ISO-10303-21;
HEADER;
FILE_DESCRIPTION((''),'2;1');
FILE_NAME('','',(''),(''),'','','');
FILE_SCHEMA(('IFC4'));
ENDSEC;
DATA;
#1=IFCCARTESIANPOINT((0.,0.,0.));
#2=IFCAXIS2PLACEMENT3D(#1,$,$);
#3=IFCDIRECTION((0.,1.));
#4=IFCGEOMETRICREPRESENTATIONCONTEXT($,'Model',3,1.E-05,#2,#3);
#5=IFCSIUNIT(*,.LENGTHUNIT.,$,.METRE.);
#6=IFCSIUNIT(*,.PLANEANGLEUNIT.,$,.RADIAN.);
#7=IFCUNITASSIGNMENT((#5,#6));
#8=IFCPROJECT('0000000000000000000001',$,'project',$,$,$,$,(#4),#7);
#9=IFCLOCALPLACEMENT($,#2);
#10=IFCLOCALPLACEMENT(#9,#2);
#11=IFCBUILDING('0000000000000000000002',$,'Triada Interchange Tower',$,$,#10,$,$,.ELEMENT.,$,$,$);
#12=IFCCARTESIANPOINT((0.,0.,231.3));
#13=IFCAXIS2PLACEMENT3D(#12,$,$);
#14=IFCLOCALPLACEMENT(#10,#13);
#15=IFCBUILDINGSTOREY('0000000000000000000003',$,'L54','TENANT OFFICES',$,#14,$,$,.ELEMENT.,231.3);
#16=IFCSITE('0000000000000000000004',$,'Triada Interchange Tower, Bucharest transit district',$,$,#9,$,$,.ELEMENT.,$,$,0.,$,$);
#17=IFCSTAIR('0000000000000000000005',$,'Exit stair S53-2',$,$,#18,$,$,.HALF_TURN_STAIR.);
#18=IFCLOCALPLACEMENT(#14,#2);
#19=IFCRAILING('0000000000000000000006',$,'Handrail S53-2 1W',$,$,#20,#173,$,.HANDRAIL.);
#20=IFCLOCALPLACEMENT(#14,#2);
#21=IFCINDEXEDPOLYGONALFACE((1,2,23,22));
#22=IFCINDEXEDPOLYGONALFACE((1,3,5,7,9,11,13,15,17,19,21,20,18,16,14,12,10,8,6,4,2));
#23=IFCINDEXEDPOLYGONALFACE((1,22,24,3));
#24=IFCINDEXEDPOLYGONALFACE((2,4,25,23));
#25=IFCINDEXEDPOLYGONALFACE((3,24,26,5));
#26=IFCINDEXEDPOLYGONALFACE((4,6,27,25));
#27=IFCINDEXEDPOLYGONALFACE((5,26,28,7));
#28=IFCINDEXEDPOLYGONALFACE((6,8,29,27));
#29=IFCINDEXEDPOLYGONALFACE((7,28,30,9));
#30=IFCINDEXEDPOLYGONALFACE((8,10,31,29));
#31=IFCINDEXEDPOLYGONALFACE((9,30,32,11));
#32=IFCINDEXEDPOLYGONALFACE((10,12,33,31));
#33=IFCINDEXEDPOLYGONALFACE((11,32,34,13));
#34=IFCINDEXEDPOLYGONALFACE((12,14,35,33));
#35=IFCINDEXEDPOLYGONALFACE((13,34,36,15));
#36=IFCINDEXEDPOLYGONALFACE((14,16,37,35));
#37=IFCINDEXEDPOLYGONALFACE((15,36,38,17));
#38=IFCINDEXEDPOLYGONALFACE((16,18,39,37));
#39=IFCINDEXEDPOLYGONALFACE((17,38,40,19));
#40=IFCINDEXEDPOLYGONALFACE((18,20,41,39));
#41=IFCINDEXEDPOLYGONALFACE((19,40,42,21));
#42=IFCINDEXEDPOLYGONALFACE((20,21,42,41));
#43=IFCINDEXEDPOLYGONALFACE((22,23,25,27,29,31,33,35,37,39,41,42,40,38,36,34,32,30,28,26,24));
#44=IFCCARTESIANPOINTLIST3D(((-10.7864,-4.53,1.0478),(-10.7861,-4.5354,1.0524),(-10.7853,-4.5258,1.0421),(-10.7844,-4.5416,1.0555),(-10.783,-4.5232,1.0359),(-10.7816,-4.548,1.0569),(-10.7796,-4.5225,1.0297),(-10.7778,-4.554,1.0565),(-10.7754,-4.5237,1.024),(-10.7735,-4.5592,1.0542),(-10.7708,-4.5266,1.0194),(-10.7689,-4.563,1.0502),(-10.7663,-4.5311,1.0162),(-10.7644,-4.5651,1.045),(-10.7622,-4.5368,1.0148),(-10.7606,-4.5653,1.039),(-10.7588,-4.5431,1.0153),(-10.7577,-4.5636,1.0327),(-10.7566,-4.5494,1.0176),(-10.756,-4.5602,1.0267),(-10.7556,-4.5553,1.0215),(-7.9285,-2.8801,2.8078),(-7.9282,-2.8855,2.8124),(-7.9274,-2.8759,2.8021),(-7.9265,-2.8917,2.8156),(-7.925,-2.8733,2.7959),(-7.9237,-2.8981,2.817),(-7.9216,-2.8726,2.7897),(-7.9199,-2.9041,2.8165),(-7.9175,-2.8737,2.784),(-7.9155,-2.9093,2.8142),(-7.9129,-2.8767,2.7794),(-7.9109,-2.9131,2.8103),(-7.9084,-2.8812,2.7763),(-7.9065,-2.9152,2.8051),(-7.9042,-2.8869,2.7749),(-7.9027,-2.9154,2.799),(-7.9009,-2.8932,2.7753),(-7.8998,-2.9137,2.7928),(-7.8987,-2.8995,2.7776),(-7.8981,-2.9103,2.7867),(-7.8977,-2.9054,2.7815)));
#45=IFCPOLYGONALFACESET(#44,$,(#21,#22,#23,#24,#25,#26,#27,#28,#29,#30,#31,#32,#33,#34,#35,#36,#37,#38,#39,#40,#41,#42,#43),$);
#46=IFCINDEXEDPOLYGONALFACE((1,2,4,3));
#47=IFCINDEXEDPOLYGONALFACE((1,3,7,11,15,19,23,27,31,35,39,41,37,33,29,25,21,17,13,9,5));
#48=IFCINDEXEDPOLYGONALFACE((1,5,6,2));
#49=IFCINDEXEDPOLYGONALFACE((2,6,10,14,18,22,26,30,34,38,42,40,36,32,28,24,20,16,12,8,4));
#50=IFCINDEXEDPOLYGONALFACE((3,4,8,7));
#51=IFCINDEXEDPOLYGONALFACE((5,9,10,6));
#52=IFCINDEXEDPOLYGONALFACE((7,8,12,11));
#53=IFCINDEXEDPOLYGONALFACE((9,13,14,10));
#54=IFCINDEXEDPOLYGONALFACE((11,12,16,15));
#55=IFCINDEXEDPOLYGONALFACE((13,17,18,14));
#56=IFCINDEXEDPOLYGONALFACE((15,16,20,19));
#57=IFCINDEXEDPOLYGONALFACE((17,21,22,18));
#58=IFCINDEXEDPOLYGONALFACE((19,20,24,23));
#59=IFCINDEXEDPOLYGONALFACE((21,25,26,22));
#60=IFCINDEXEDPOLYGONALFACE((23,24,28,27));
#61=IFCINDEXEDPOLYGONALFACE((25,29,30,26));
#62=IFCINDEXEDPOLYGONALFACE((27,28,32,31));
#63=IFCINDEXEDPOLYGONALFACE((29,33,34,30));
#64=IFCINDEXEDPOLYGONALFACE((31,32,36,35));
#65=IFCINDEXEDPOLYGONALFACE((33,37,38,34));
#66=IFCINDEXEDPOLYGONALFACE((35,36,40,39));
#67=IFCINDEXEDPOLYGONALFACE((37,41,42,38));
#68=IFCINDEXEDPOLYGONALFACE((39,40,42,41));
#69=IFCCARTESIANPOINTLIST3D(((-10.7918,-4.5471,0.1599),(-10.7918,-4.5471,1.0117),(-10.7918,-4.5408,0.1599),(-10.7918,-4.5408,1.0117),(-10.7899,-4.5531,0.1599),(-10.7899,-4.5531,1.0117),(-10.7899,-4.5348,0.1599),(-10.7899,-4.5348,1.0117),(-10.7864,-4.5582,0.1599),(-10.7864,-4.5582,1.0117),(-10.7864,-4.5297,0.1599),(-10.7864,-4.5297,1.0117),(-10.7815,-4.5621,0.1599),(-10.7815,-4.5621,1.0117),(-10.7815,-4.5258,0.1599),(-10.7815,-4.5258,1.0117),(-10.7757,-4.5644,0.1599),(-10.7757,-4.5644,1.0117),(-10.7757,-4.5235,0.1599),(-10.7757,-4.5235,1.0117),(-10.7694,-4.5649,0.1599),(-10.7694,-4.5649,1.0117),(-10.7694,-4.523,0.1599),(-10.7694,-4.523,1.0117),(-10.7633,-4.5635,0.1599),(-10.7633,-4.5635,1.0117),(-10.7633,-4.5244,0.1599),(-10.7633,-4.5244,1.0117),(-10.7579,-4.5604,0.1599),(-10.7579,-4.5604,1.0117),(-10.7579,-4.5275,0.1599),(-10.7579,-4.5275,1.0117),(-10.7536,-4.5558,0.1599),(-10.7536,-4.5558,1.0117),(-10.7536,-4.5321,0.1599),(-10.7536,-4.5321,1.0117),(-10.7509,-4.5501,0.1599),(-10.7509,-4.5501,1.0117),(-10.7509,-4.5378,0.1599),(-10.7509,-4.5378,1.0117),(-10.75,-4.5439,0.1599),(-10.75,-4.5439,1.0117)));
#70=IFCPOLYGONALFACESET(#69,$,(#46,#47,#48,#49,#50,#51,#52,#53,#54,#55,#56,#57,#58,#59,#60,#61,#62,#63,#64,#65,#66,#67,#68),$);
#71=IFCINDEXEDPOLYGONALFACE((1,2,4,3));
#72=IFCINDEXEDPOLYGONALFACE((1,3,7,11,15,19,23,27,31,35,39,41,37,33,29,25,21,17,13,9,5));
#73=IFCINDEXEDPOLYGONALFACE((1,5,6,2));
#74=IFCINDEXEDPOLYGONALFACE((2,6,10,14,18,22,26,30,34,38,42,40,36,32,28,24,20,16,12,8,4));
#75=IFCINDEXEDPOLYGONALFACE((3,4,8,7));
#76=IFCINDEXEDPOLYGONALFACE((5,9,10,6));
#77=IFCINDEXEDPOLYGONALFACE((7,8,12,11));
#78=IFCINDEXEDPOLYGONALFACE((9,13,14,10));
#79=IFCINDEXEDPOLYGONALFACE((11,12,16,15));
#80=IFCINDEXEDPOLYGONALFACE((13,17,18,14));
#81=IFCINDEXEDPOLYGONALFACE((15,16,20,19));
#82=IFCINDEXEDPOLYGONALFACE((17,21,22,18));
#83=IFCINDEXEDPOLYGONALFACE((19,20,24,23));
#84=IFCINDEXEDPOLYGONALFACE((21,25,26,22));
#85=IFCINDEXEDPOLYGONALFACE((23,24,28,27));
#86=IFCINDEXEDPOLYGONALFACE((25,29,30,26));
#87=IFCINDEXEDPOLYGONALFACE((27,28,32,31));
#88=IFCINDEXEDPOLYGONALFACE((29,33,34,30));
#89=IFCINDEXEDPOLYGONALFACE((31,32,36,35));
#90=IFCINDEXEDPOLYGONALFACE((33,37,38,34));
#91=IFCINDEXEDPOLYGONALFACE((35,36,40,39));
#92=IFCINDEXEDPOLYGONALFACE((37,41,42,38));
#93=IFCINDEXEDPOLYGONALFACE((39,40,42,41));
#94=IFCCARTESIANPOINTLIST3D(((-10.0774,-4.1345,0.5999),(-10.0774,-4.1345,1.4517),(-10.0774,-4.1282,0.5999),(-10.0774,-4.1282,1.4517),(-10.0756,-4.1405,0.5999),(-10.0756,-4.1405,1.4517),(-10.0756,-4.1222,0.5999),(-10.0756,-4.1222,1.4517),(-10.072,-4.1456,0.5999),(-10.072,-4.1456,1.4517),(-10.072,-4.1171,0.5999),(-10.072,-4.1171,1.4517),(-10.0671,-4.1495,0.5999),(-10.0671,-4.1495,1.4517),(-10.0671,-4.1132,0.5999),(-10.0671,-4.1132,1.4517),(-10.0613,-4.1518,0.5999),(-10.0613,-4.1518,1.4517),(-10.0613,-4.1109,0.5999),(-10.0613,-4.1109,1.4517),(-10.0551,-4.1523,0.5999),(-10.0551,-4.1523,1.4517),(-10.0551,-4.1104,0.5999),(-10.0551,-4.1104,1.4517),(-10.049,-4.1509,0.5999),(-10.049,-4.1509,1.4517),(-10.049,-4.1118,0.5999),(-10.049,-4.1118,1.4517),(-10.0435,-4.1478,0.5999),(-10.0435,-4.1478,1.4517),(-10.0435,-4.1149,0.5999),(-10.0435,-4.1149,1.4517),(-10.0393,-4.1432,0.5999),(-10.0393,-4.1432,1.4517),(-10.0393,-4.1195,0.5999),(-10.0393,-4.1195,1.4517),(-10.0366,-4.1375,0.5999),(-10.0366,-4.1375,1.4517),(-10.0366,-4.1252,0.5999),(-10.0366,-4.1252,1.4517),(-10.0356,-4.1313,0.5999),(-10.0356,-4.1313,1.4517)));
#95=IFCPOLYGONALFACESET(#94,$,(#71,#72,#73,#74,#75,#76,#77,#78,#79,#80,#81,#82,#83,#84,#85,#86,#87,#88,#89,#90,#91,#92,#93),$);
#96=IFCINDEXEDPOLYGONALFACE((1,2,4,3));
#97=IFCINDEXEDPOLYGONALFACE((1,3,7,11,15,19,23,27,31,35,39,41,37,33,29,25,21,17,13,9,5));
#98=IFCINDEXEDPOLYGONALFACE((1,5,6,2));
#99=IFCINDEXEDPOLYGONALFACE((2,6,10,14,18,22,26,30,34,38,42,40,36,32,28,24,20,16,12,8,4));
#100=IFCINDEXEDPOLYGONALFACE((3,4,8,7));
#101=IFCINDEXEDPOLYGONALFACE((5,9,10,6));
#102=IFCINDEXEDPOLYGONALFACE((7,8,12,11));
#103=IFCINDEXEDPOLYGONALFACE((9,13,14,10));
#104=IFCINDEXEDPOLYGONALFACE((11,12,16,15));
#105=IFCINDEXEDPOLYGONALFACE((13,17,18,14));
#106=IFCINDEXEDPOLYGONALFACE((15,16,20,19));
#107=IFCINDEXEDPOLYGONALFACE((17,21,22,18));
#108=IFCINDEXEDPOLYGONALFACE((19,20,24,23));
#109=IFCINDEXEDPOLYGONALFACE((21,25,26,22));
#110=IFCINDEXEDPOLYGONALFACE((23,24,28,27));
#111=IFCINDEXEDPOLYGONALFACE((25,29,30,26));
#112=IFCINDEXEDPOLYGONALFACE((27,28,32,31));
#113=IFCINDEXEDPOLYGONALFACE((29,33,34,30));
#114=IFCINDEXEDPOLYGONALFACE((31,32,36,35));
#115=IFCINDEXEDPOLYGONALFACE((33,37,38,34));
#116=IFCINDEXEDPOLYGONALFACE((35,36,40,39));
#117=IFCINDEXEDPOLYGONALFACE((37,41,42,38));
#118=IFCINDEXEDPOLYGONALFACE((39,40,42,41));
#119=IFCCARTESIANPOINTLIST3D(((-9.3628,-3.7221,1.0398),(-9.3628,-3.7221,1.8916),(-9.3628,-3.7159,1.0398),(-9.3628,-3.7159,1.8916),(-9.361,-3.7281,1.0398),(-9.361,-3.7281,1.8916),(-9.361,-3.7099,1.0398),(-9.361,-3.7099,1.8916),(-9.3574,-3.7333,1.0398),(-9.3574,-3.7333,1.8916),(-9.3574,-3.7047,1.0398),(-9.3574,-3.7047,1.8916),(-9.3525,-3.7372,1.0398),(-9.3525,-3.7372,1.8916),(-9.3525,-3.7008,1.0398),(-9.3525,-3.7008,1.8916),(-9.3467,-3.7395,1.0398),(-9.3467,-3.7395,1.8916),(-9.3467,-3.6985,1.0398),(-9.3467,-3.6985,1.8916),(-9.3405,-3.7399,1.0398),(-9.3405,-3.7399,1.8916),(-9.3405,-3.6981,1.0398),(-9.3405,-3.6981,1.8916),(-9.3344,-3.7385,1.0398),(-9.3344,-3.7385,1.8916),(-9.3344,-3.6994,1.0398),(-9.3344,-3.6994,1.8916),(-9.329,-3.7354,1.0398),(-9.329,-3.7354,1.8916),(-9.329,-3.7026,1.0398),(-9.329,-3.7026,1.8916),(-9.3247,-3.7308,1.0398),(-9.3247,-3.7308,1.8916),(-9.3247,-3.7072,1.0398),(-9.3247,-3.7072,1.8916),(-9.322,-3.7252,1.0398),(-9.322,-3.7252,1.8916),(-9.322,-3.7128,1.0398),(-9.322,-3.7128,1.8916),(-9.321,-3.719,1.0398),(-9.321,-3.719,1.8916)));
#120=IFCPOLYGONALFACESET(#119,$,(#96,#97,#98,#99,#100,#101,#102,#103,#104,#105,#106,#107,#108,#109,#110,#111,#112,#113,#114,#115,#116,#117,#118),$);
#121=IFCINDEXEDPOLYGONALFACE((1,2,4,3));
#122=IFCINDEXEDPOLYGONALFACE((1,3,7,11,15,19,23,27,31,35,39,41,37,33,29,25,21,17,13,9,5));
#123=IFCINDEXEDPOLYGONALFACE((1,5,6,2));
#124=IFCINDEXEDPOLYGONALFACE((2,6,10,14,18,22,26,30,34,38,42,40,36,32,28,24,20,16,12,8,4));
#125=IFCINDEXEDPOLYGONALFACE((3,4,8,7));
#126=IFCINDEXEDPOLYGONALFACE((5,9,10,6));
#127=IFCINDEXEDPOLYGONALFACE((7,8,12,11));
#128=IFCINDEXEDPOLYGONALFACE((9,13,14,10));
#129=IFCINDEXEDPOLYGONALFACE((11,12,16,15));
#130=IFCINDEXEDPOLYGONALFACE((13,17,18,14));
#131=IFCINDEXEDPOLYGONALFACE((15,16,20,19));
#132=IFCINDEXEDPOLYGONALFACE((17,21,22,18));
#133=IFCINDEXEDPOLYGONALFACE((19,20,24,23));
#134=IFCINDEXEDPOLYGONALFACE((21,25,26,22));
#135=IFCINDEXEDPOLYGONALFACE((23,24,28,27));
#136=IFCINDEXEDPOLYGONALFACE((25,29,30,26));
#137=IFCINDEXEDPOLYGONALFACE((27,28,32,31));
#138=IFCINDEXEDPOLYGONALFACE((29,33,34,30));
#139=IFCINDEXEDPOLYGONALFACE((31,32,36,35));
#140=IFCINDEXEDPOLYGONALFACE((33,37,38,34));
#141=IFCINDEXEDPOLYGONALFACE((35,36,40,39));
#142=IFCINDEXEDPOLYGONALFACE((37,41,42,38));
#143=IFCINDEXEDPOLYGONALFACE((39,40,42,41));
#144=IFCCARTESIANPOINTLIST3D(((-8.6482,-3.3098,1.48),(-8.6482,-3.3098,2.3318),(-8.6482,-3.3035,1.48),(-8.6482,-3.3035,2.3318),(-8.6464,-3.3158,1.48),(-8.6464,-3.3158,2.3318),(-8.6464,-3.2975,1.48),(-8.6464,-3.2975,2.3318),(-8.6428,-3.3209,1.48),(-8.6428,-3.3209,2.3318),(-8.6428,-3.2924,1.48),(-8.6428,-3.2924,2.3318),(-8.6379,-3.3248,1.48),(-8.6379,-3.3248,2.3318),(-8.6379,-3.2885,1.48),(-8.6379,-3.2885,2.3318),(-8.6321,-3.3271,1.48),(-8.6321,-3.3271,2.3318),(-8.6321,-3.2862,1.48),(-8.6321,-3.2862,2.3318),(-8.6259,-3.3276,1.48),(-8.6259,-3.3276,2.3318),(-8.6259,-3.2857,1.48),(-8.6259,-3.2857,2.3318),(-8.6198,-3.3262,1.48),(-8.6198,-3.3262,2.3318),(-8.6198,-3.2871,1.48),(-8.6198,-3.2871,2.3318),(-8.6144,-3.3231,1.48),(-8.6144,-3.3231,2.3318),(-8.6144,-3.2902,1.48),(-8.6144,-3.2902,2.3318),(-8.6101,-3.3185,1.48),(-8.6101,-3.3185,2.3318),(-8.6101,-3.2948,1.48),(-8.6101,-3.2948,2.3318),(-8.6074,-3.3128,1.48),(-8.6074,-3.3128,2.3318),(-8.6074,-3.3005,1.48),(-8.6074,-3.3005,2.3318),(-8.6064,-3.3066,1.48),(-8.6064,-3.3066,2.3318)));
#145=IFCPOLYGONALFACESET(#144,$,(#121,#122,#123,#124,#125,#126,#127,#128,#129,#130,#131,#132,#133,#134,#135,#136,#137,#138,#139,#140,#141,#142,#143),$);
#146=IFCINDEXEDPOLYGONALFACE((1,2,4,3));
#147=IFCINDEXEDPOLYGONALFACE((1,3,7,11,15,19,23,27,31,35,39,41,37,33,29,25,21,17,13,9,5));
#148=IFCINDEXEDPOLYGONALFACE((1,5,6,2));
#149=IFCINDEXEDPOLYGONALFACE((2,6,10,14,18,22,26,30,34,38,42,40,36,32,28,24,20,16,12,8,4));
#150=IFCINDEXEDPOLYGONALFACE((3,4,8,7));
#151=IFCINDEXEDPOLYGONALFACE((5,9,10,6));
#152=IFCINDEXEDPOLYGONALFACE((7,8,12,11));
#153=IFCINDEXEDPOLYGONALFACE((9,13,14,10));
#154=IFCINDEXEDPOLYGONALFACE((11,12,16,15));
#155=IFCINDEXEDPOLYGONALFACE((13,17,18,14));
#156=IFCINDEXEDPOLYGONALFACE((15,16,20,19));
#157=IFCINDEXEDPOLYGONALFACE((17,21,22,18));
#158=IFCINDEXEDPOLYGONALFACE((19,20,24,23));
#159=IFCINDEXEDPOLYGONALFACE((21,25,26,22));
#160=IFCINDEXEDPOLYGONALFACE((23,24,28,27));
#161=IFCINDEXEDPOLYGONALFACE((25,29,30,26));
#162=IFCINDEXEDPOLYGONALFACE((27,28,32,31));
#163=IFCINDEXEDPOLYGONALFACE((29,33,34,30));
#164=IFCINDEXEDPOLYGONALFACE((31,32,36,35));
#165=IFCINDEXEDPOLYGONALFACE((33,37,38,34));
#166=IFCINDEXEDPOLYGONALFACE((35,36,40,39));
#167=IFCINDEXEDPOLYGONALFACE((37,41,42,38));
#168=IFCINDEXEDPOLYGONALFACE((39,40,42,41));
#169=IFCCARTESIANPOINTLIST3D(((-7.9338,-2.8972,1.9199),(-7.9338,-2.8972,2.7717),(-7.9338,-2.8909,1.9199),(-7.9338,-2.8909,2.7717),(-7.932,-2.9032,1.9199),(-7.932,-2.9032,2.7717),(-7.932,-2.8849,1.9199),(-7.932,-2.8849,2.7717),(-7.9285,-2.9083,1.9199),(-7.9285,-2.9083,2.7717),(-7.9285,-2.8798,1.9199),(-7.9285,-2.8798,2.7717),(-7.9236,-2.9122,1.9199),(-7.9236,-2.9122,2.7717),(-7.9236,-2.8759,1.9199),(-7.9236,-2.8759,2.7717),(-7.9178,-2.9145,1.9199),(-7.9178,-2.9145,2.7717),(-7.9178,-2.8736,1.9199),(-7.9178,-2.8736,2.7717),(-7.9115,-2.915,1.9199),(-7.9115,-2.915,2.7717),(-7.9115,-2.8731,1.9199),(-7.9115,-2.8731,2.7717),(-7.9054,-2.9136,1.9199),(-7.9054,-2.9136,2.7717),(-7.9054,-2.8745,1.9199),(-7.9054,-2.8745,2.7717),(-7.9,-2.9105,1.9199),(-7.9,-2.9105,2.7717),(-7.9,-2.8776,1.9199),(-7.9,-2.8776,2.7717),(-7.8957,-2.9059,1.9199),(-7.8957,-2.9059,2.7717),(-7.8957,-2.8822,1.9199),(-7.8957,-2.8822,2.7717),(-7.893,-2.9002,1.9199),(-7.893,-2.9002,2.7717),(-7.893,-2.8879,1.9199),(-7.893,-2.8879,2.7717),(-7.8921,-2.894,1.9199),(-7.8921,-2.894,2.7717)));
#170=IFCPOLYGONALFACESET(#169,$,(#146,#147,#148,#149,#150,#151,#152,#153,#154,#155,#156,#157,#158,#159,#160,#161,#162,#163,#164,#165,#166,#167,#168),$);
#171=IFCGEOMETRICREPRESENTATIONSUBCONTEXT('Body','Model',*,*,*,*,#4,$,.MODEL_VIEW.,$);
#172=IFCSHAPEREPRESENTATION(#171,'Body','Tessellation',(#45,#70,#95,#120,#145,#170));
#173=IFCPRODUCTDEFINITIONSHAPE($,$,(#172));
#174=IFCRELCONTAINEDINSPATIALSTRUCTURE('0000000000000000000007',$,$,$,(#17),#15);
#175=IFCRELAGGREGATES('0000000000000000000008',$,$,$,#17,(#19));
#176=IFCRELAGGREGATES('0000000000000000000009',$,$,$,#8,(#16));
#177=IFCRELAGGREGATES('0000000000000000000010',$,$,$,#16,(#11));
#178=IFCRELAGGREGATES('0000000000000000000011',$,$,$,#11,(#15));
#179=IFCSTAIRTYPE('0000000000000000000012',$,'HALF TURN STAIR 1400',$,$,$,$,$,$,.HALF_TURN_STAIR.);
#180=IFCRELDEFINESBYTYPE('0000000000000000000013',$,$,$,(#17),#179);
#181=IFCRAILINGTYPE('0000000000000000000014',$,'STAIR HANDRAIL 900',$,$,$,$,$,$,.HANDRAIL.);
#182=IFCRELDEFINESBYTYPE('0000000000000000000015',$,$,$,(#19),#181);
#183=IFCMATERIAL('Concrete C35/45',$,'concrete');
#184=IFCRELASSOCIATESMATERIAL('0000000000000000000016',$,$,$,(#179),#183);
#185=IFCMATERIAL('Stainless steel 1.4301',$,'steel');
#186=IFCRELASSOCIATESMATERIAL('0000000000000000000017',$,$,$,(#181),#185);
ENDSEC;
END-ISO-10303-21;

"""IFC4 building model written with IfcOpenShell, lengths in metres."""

from ifc_helpers import new_model, si_unit, direction, frame, origin, origin_2d, place, context, subcontext, project, spatial, circle, extrude, material, type_object, element, aggregate, save


model = new_model("IFC4")

# Units and contexts
model_context = context("Model", 3, precision=1e-05, world=origin(), true_north=direction((0.0, 1.0)))
body_context = subcontext(model_context, "Body", "Model", "MODEL_VIEW")
ifc_project = project(units=[si_unit("LENGTHUNIT", "METRE"), si_unit("PLANEANGLEUNIT", "RADIAN")], contexts=[model_context])

# Site, building, storey
site_placement = place(None, origin())
site = spatial("IfcSite", under=ifc_project, at=site_placement, Name="Triada Interchange Tower, Bucharest transit district", CompositionType="ELEMENT", RefElevation=0.0)
building_placement = place(site_placement, origin())
building = spatial("IfcBuilding", under=site, at=building_placement, Name="Triada Interchange Tower", CompositionType="ELEMENT")
storey_placement = place(building_placement, frame((0.0, 0.0, 231.3)))
storey = spatial("IfcBuildingStorey", under=building, at=storey_placement, Name="L54", Description="TENANT OFFICES", CompositionType="ELEMENT", Elevation=231.3)

# Stair
ifc_material_1 = material(Name="Concrete C35/45", Category="concrete")
stair_type = type_object("IfcStairType", Name="HALF TURN STAIR 1400", PredefinedType="HALF_TURN_STAIR", material=ifc_material_1)
stair_placement = place(storey_placement, origin())
stair = element("IfcStair", 1, at=stair_placement, inside=storey, type_object=stair_type, Name="Exit stair S53-2", PredefinedType="HALF_TURN_STAIR")

# Railing
ifc_material_2 = material(Name="Stainless steel 1.4301", Category="steel")
railing_type = type_object("IfcRailingType", Name="STAIR HANDRAIL 900", PredefinedType="HANDRAIL", material=ifc_material_2)
railing_1_placement = place(storey_placement, frame((-10.771, -4.5439, 0.1599)))
railing_1 = element("IfcRailing", 2, at=railing_1_placement, type_object=railing_type, Name="Handrail S53-2 1W", PredefinedType="HANDRAIL", context=body_context, shape_type="SweptSolid", body=[
    extrude(circle(Radius=0.0239, at=origin_2d()), frame((0.0, 0.0, 0.876), z_axis=(0.764151, 0.441153, 0.470593), x_axis=(-0.499974, 0.86604, 0.0)), (0.0, 0.0, 1.0), 3.74),
    extrude(circle(Radius=0.021, at=origin_2d()), origin(), (0.0, 0.0, 1.0), 0.8518),
    extrude(circle(Radius=0.021, at=origin_2d()), frame((0.7144, 0.4126, 0.4399)), (0.0, 0.0, 1.0), 0.8518),
    extrude(circle(Radius=0.021, at=origin_2d()), frame((1.429, 0.825, 0.8799)), (0.0, 0.0, 1.0), 0.8518),
    extrude(circle(Radius=0.021, at=origin_2d()), frame((2.1436, 1.2373, 1.3201)), (0.0, 0.0, 1.0), 0.8518),
    extrude(circle(Radius=0.021, at=origin_2d()), frame((2.8579, 1.6499, 1.76)), (0.0, 0.0, 1.0), 0.8518),
])
aggregate(stair, [railing_1])

save(model, "model.ifc")
